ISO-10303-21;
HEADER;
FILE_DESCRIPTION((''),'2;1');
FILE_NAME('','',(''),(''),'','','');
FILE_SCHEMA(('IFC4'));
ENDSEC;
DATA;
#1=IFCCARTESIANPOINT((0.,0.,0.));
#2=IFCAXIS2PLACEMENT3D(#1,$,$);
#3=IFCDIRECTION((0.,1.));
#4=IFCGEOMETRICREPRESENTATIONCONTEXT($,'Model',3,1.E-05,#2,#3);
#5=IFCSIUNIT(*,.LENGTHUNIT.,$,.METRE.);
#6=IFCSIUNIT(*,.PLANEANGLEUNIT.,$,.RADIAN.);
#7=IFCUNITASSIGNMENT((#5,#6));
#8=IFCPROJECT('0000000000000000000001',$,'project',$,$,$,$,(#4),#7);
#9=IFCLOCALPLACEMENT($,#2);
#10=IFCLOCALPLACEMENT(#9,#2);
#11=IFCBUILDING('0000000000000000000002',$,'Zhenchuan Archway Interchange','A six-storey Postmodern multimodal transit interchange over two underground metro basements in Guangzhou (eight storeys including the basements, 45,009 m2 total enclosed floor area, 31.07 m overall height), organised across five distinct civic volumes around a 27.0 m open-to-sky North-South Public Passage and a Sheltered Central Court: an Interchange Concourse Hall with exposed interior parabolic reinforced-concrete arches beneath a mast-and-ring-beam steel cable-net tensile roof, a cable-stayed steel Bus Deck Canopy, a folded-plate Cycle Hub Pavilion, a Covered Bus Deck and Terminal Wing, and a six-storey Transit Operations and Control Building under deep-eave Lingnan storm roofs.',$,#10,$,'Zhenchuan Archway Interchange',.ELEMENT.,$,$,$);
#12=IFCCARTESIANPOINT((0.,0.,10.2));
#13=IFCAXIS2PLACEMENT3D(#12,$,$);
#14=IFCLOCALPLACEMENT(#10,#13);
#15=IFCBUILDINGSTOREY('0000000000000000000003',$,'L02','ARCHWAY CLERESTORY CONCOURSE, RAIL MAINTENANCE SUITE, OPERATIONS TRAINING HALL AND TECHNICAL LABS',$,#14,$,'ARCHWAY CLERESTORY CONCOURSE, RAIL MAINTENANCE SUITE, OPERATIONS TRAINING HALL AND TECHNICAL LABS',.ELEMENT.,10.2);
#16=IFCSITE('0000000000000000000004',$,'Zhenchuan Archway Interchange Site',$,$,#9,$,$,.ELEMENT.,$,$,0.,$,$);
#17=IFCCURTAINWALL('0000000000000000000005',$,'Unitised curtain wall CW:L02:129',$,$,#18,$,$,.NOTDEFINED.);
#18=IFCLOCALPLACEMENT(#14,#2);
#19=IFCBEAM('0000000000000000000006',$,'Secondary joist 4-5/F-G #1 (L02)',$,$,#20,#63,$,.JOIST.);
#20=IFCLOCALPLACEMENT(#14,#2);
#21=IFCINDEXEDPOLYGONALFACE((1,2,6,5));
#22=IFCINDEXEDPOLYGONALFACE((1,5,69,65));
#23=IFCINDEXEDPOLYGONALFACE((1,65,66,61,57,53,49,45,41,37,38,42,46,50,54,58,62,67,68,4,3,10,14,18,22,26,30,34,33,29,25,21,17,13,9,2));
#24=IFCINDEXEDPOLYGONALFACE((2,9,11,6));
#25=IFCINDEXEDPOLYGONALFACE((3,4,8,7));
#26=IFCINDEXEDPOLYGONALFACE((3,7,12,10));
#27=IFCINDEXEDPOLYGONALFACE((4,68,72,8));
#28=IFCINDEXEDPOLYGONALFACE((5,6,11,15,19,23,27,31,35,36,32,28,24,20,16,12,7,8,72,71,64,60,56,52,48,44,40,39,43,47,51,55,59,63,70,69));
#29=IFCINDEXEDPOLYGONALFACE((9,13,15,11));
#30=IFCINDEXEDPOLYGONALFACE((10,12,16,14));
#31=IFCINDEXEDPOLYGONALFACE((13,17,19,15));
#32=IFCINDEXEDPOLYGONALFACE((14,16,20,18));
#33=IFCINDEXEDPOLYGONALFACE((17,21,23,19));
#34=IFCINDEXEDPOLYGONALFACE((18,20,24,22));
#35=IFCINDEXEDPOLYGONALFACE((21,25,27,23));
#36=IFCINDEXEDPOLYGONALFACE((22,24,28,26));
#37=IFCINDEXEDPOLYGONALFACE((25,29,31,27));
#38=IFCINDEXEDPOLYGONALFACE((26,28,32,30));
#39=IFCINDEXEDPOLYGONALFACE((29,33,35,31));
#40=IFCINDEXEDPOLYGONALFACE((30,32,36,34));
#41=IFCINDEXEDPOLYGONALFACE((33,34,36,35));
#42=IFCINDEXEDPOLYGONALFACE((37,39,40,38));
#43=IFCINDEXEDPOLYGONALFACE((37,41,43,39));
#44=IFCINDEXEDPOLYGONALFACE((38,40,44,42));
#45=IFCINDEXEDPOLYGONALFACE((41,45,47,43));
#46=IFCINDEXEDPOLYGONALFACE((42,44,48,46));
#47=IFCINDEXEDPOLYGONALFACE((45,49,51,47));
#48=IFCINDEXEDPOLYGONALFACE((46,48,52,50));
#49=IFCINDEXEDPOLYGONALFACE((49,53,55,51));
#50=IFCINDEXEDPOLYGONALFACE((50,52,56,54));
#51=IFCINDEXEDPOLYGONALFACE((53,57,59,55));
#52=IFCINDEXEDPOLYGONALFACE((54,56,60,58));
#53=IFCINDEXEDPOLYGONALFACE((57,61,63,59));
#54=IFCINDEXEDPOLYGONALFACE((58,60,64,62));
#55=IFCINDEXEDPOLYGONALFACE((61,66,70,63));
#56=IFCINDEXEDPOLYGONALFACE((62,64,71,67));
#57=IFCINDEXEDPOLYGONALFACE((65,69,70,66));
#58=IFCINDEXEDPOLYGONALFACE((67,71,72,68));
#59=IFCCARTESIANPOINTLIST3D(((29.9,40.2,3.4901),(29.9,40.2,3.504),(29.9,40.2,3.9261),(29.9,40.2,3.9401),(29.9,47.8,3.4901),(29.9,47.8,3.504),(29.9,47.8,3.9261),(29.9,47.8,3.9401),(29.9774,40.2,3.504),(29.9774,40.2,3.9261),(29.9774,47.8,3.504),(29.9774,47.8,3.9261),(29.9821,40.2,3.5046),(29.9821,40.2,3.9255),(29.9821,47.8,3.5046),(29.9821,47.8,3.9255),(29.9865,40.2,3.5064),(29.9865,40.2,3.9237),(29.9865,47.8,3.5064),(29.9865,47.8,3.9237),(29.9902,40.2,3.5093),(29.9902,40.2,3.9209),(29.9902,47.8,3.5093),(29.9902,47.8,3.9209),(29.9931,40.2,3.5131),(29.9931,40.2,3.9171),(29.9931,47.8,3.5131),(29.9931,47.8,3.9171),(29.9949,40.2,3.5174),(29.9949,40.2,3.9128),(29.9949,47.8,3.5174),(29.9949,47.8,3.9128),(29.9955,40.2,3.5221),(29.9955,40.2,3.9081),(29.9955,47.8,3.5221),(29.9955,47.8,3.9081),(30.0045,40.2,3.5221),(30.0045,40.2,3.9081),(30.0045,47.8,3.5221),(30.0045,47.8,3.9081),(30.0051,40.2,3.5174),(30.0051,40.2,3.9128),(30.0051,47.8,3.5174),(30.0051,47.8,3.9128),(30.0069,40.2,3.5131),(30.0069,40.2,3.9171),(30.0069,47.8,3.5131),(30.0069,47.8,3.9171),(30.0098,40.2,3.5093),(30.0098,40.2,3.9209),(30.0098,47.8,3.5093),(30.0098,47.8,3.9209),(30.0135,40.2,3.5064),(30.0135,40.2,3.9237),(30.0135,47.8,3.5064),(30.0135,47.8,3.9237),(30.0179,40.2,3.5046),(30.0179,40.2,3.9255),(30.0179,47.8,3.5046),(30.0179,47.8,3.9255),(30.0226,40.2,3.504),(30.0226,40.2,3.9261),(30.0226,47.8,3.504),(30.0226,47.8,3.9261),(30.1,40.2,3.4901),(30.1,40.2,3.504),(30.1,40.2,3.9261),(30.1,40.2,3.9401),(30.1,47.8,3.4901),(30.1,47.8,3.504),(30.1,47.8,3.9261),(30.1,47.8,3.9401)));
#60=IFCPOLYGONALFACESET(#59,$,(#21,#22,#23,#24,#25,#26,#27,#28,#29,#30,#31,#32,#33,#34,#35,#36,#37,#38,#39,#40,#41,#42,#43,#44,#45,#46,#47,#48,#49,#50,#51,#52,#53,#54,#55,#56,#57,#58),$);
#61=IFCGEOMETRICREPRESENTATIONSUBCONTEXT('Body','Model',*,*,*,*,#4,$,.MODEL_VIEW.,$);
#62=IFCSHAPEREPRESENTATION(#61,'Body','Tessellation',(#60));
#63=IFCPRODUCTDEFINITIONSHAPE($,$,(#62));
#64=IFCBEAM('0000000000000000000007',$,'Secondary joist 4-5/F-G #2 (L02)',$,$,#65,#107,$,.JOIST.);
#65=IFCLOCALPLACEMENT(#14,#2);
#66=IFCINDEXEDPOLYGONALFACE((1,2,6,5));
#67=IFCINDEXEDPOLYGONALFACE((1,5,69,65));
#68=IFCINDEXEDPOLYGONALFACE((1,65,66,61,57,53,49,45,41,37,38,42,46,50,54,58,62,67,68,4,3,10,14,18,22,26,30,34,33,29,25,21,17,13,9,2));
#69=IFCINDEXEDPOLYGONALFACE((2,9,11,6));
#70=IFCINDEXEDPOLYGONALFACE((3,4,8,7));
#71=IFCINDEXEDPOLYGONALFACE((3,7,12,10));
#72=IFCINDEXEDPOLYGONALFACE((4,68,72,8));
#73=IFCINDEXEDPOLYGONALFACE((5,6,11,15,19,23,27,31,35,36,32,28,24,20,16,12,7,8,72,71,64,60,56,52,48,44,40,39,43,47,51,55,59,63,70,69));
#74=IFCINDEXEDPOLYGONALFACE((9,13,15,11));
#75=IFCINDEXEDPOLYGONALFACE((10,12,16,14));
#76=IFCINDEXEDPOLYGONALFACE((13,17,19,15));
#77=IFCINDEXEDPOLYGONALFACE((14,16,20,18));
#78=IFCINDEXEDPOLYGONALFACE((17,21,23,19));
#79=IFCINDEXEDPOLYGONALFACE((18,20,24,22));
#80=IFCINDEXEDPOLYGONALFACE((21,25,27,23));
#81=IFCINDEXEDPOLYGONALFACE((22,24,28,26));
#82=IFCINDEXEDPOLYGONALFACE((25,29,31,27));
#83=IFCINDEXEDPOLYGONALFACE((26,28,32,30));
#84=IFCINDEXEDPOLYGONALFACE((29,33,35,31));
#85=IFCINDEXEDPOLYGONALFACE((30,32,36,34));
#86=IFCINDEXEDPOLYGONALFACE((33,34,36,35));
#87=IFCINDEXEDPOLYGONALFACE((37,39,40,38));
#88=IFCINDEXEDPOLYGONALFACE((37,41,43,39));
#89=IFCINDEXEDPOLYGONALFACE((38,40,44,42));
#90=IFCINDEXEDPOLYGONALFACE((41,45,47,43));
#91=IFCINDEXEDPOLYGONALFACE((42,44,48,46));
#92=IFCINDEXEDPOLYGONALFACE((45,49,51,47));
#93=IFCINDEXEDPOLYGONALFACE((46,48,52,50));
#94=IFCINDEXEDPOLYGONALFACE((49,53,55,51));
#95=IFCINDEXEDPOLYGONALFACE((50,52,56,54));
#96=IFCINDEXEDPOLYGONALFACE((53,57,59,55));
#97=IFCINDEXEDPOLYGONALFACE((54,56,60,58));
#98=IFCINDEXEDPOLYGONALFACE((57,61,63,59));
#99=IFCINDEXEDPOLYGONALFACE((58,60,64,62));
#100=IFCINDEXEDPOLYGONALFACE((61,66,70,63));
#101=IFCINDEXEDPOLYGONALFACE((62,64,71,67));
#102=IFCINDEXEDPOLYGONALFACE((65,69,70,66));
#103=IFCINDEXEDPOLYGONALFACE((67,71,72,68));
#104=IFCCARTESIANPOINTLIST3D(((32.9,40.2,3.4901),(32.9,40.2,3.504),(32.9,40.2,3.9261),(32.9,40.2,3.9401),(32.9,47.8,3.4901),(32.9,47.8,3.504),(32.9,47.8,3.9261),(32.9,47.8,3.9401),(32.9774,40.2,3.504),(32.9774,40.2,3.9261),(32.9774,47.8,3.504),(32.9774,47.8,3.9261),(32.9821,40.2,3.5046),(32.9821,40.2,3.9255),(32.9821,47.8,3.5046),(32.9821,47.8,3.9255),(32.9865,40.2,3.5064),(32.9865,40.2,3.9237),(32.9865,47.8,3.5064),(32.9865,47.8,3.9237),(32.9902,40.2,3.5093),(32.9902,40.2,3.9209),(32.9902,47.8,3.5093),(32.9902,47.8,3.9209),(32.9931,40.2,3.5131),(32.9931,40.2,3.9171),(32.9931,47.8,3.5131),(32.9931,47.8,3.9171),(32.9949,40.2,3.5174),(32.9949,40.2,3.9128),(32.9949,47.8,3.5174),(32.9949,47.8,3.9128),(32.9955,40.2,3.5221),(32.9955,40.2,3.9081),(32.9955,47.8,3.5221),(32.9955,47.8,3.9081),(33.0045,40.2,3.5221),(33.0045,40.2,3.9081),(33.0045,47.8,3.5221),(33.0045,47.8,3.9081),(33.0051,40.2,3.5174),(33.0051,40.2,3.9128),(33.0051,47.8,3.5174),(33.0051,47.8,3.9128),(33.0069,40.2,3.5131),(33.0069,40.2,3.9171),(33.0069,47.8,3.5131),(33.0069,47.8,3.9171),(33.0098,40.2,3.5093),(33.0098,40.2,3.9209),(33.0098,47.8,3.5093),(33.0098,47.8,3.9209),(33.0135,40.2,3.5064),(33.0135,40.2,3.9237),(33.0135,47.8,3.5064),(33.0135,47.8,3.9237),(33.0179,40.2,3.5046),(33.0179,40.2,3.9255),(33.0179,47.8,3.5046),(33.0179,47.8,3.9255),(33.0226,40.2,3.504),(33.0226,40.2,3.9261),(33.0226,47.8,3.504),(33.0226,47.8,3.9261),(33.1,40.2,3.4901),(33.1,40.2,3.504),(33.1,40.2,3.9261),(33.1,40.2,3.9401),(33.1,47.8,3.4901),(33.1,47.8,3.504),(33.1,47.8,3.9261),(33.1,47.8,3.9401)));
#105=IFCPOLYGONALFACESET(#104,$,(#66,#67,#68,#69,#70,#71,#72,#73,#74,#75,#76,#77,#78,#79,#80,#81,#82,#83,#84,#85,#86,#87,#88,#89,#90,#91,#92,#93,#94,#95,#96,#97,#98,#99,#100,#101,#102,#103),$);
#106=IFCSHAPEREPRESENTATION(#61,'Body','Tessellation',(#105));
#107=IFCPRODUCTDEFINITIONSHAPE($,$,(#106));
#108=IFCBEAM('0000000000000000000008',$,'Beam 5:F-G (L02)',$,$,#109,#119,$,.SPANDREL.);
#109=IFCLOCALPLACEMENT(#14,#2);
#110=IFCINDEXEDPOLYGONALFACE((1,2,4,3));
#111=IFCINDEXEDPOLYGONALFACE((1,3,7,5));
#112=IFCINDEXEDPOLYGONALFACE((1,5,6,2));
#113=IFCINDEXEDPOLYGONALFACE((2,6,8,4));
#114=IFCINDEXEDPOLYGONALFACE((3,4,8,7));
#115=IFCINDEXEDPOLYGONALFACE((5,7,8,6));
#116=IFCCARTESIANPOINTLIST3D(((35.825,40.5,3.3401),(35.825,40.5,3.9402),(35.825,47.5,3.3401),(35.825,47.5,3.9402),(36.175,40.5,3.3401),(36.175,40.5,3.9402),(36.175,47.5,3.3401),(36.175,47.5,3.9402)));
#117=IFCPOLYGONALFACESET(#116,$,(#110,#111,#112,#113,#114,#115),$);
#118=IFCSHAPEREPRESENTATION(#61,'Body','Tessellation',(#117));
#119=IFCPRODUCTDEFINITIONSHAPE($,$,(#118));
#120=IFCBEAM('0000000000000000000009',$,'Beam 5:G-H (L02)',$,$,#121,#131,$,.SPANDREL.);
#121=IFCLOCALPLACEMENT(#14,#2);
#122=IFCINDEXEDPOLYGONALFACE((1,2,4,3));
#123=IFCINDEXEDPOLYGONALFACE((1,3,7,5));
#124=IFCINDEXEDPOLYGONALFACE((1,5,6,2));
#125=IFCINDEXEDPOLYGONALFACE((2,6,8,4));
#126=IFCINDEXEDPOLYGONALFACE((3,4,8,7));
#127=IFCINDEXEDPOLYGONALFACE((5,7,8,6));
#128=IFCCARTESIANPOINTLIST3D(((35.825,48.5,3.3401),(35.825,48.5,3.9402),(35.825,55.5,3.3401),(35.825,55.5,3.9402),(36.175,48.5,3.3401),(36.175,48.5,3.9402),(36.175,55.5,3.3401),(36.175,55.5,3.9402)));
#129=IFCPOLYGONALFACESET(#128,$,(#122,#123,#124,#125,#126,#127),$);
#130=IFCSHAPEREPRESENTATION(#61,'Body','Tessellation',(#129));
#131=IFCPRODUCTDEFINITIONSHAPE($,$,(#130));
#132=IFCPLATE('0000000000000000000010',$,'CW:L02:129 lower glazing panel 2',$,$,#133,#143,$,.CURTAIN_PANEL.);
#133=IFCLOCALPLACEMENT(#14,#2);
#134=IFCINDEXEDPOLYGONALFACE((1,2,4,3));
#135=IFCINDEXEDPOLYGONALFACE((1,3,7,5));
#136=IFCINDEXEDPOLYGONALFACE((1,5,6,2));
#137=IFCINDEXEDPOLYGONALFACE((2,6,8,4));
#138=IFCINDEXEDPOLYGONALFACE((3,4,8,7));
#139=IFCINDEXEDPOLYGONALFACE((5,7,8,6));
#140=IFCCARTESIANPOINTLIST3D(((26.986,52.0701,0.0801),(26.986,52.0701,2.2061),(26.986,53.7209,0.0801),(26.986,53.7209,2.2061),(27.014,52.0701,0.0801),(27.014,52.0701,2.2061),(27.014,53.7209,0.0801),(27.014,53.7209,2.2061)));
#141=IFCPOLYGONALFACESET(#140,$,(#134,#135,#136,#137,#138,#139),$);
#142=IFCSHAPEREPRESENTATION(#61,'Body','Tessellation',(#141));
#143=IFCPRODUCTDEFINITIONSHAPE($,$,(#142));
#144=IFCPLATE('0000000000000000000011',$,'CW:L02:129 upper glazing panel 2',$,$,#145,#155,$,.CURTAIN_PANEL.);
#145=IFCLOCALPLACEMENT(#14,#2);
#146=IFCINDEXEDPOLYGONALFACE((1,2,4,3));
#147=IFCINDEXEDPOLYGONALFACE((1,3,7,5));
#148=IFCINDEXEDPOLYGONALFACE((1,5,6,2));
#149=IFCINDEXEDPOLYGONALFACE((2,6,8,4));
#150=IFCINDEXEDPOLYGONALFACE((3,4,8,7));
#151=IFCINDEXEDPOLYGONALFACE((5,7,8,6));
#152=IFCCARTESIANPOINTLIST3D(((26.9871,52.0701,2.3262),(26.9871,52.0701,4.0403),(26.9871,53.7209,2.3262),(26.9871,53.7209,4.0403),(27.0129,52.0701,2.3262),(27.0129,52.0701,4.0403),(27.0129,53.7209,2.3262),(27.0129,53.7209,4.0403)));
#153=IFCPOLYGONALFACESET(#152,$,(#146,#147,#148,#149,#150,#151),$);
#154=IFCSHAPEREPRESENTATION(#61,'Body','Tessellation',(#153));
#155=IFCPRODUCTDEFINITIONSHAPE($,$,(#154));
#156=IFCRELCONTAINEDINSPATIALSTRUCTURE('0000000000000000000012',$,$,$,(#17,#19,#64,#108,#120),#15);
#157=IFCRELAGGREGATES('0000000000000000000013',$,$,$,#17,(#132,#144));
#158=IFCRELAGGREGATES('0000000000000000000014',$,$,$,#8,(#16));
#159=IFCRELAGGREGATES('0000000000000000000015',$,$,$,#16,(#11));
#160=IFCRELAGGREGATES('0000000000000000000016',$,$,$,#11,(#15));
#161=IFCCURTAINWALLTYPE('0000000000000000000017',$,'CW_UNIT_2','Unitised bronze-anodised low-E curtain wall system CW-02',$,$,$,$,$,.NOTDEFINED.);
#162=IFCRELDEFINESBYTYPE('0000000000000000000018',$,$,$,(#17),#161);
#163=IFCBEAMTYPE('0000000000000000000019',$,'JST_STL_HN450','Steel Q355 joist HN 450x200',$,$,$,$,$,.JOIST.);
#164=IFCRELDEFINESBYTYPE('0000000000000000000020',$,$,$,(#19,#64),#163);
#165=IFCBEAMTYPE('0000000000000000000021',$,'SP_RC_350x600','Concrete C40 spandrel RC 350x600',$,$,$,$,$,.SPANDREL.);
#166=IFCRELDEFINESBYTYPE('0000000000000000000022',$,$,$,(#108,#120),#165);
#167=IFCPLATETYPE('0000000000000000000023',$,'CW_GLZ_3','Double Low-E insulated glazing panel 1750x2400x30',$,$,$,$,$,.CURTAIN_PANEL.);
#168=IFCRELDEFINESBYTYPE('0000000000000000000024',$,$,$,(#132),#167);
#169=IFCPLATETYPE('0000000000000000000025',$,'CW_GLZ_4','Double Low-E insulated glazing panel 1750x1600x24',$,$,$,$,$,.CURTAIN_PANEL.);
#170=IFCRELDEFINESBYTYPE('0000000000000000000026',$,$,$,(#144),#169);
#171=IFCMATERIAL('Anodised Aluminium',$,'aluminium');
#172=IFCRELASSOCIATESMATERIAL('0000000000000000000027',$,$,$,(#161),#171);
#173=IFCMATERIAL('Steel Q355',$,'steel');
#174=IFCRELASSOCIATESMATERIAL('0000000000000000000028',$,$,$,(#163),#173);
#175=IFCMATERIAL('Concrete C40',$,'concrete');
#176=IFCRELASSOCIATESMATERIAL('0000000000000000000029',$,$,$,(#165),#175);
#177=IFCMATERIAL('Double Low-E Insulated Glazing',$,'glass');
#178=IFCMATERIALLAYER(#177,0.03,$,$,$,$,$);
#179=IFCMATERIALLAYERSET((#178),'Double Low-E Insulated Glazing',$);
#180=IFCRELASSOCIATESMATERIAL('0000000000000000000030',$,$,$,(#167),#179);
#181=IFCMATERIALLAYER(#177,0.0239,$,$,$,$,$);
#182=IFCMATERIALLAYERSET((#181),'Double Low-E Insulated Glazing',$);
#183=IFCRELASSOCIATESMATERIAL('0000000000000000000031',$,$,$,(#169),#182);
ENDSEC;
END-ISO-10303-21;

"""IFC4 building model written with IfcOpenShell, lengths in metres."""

from ifc_helpers import new_model, si_unit, direction, frame, origin, origin_2d, place, context, subcontext, project, spatial, rectangle, i_section, extrude, material, layer, layer_set, material_profile, profile_set, type_object, element, aggregate, save


model = new_model("IFC4")

# Units and contexts
model_context = context("Model", 3, precision=1e-05, world=origin(), true_north=direction((0.0, 1.0)))
body_context = subcontext(model_context, "Body", "Model", "MODEL_VIEW")
ifc_project = project(units=[si_unit("LENGTHUNIT", "METRE"), si_unit("PLANEANGLEUNIT", "RADIAN")], contexts=[model_context])

# Site, building, storey
site_placement = place(None, origin())
site = spatial("IfcSite", under=ifc_project, at=site_placement, Name="Zhenchuan Archway Interchange Site", CompositionType="ELEMENT", RefElevation=0.0)
building_placement = place(site_placement, origin())
building = spatial("IfcBuilding", under=site, at=building_placement, Name="Zhenchuan Archway Interchange", Description="A six-storey Postmodern multimodal transit interchange over two underground metro basements in Guangzhou (eight storeys including the basements, 45,009 m2 total enclosed floor area, 31.07 m overall height), organised across five distinct civic volumes around a 27.0 m open-to-sky North-South Public Passage and a Sheltered Central Court: an Interchange Concourse Hall with exposed interior parabolic reinforced-concrete arches beneath a mast-and-ring-beam steel cable-net tensile roof, a cable-stayed steel Bus Deck Canopy, a folded-plate Cycle Hub Pavilion, a Covered Bus Deck and Terminal Wing, and a six-storey Transit Operations and Control Building under deep-eave Lingnan storm roofs.", LongName="Zhenchuan Archway Interchange", CompositionType="ELEMENT")
storey_placement = place(building_placement, frame((0.0, 0.0, 10.2)))
storey = spatial("IfcBuildingStorey", under=building, at=storey_placement, Name="L02", Description="ARCHWAY CLERESTORY CONCOURSE, RAIL MAINTENANCE SUITE, OPERATIONS TRAINING HALL AND TECHNICAL LABS", LongName="ARCHWAY CLERESTORY CONCOURSE, RAIL MAINTENANCE SUITE, OPERATIONS TRAINING HALL AND TECHNICAL LABS", CompositionType="ELEMENT", Elevation=10.2)

# Shared definitions
ifc_material_1 = material(Name="Concrete C40", Category="concrete")

# Curtain wall
ifc_material_2 = material(Name="Anodised Aluminium", Category="aluminium")
curtain_wall_type = type_object("IfcCurtainWallType", Name="CW_UNIT_2", Description="Unitised bronze-anodised low-E curtain wall system CW-02", PredefinedType="NOTDEFINED", material=ifc_material_2)
curtain_wall_placement = place(storey_placement, origin())
curtain_wall = element("IfcCurtainWall", 1, at=curtain_wall_placement, inside=storey, type_object=curtain_wall_type, Name="Unitised curtain wall CW:L02:129", PredefinedType="NOTDEFINED")

# Beams
ifc_material_3 = material(Name="Steel Q355", Category="steel")
ifc_material_profile_1 = material_profile(ifc_material_3, i_section(OverallWidth=0.2, OverallDepth=0.45, WebThickness=0.009, FlangeThickness=0.0139, FilletRadius=0.0181, at=origin_2d()), Name="HN 450x200")
ifc_profile_set_1 = profile_set([ifc_material_profile_1], Name="Steel Q355")
beam_type_1 = type_object("IfcBeamType", Name="JST_STL_HN450", Description="Steel Q355 joist HN 450x200", PredefinedType="JOIST", material=ifc_profile_set_1)
for number, where, z_axis, x_axis, name in (
    (2, (30.0, 40.2, 3.7151), (0.0, 1.0, 0.0), (-1.0, 0.0, 0.0), "Secondary joist 4-5/F-G #1 (L02)"),
    (3, (33.0, 40.2, 3.7151), (0.0, 1.0, 0.0), (-1.0, 0.0, 0.0), "Secondary joist 4-5/F-G #2 (L02)"),
):
    element("IfcBeam", number, at=place(storey_placement, frame(where, z_axis=z_axis, x_axis=x_axis)), inside=storey, type_object=beam_type_1, Name=name, PredefinedType="JOIST", context=body_context, shape_type="SweptSolid", body=[
        extrude(i_section(OverallWidth=0.2, OverallDepth=0.45, WebThickness=0.009, FlangeThickness=0.0139, FilletRadius=0.0181, at=origin_2d()), origin(), (0.0, 0.0, 1.0), 7.6001),
    ])
ifc_material_profile_2 = material_profile(ifc_material_1, rectangle(XDim=0.3501, YDim=0.6001, at=origin_2d()), Name="RC 350x600")
ifc_profile_set_2 = profile_set([ifc_material_profile_2], Name="Concrete C40")
beam_type_2 = type_object("IfcBeamType", Name="SP_RC_350x600", Description="Concrete C40 spandrel RC 350x600", PredefinedType="SPANDREL", material=ifc_profile_set_2)
for number, where, z_axis, x_axis, name in (
    (4, (36.0, 40.5, 3.6401), (0.0, 1.0, 0.0), (-1.0, 0.0, 0.0), "Beam 5:F-G (L02)"),
    (5, (36.0, 48.5, 3.6401), (0.0, 1.0, 0.0), (-1.0, 0.0, 0.0), "Beam 5:G-H (L02)"),
):
    element("IfcBeam", number, at=place(storey_placement, frame(where, z_axis=z_axis, x_axis=x_axis)), inside=storey, type_object=beam_type_2, Name=name, PredefinedType="SPANDREL", context=body_context, shape_type="SweptSolid", body=[
        extrude(rectangle(XDim=0.3501, YDim=0.6001, at=origin_2d()), origin(), (0.0, 0.0, 1.0), 7.0),
    ])

# Plates
ifc_material_4 = material(Name="Double Low-E Insulated Glazing", Category="glass")
ifc_layer_1 = layer(ifc_material_4, 0.03)
ifc_layer_set_1 = layer_set([ifc_layer_1], Name="Double Low-E Insulated Glazing")
plate_type_1 = type_object("IfcPlateType", Name="CW_GLZ_3", Description="Double Low-E insulated glazing panel 1750x2400x30", PredefinedType="CURTAIN_PANEL", material=ifc_layer_set_1)
plate_1_placement = place(storey_placement, frame((27.0, 52.8955, 0.0801), z_axis=(0.0, 0.0, 1.0), x_axis=(0.0, 1.0, 0.0)))
plate_1 = element("IfcPlate", 6, at=plate_1_placement, type_object=plate_type_1, Name="CW:L02:129 lower glazing panel 2", PredefinedType="CURTAIN_PANEL", context=body_context, shape_type="SweptSolid", body=[
    extrude(rectangle(XDim=1.6509, YDim=0.0281, at=origin_2d()), origin(), (0.0, 0.0, 1.0), 2.126),
])
ifc_layer_2 = layer(ifc_material_4, 0.0239)
ifc_layer_set_2 = layer_set([ifc_layer_2], Name="Double Low-E Insulated Glazing")
plate_type_2 = type_object("IfcPlateType", Name="CW_GLZ_4", Description="Double Low-E insulated glazing panel 1750x1600x24", PredefinedType="CURTAIN_PANEL", material=ifc_layer_set_2)
plate_2_placement = place(storey_placement, frame((27.0, 52.8955, 2.3262), z_axis=(0.0, 0.0, 1.0), x_axis=(0.0, 1.0, 0.0)))
plate_2 = element("IfcPlate", 7, at=plate_2_placement, type_object=plate_type_2, Name="CW:L02:129 upper glazing panel 2", PredefinedType="CURTAIN_PANEL", context=body_context, shape_type="SweptSolid", body=[
    extrude(rectangle(XDim=1.6509, YDim=0.0259, at=origin_2d()), origin(), (0.0, 0.0, 1.0), 1.7141),
])
aggregate(curtain_wall, [plate_1, plate_2])

save(model, "model.ifc")
